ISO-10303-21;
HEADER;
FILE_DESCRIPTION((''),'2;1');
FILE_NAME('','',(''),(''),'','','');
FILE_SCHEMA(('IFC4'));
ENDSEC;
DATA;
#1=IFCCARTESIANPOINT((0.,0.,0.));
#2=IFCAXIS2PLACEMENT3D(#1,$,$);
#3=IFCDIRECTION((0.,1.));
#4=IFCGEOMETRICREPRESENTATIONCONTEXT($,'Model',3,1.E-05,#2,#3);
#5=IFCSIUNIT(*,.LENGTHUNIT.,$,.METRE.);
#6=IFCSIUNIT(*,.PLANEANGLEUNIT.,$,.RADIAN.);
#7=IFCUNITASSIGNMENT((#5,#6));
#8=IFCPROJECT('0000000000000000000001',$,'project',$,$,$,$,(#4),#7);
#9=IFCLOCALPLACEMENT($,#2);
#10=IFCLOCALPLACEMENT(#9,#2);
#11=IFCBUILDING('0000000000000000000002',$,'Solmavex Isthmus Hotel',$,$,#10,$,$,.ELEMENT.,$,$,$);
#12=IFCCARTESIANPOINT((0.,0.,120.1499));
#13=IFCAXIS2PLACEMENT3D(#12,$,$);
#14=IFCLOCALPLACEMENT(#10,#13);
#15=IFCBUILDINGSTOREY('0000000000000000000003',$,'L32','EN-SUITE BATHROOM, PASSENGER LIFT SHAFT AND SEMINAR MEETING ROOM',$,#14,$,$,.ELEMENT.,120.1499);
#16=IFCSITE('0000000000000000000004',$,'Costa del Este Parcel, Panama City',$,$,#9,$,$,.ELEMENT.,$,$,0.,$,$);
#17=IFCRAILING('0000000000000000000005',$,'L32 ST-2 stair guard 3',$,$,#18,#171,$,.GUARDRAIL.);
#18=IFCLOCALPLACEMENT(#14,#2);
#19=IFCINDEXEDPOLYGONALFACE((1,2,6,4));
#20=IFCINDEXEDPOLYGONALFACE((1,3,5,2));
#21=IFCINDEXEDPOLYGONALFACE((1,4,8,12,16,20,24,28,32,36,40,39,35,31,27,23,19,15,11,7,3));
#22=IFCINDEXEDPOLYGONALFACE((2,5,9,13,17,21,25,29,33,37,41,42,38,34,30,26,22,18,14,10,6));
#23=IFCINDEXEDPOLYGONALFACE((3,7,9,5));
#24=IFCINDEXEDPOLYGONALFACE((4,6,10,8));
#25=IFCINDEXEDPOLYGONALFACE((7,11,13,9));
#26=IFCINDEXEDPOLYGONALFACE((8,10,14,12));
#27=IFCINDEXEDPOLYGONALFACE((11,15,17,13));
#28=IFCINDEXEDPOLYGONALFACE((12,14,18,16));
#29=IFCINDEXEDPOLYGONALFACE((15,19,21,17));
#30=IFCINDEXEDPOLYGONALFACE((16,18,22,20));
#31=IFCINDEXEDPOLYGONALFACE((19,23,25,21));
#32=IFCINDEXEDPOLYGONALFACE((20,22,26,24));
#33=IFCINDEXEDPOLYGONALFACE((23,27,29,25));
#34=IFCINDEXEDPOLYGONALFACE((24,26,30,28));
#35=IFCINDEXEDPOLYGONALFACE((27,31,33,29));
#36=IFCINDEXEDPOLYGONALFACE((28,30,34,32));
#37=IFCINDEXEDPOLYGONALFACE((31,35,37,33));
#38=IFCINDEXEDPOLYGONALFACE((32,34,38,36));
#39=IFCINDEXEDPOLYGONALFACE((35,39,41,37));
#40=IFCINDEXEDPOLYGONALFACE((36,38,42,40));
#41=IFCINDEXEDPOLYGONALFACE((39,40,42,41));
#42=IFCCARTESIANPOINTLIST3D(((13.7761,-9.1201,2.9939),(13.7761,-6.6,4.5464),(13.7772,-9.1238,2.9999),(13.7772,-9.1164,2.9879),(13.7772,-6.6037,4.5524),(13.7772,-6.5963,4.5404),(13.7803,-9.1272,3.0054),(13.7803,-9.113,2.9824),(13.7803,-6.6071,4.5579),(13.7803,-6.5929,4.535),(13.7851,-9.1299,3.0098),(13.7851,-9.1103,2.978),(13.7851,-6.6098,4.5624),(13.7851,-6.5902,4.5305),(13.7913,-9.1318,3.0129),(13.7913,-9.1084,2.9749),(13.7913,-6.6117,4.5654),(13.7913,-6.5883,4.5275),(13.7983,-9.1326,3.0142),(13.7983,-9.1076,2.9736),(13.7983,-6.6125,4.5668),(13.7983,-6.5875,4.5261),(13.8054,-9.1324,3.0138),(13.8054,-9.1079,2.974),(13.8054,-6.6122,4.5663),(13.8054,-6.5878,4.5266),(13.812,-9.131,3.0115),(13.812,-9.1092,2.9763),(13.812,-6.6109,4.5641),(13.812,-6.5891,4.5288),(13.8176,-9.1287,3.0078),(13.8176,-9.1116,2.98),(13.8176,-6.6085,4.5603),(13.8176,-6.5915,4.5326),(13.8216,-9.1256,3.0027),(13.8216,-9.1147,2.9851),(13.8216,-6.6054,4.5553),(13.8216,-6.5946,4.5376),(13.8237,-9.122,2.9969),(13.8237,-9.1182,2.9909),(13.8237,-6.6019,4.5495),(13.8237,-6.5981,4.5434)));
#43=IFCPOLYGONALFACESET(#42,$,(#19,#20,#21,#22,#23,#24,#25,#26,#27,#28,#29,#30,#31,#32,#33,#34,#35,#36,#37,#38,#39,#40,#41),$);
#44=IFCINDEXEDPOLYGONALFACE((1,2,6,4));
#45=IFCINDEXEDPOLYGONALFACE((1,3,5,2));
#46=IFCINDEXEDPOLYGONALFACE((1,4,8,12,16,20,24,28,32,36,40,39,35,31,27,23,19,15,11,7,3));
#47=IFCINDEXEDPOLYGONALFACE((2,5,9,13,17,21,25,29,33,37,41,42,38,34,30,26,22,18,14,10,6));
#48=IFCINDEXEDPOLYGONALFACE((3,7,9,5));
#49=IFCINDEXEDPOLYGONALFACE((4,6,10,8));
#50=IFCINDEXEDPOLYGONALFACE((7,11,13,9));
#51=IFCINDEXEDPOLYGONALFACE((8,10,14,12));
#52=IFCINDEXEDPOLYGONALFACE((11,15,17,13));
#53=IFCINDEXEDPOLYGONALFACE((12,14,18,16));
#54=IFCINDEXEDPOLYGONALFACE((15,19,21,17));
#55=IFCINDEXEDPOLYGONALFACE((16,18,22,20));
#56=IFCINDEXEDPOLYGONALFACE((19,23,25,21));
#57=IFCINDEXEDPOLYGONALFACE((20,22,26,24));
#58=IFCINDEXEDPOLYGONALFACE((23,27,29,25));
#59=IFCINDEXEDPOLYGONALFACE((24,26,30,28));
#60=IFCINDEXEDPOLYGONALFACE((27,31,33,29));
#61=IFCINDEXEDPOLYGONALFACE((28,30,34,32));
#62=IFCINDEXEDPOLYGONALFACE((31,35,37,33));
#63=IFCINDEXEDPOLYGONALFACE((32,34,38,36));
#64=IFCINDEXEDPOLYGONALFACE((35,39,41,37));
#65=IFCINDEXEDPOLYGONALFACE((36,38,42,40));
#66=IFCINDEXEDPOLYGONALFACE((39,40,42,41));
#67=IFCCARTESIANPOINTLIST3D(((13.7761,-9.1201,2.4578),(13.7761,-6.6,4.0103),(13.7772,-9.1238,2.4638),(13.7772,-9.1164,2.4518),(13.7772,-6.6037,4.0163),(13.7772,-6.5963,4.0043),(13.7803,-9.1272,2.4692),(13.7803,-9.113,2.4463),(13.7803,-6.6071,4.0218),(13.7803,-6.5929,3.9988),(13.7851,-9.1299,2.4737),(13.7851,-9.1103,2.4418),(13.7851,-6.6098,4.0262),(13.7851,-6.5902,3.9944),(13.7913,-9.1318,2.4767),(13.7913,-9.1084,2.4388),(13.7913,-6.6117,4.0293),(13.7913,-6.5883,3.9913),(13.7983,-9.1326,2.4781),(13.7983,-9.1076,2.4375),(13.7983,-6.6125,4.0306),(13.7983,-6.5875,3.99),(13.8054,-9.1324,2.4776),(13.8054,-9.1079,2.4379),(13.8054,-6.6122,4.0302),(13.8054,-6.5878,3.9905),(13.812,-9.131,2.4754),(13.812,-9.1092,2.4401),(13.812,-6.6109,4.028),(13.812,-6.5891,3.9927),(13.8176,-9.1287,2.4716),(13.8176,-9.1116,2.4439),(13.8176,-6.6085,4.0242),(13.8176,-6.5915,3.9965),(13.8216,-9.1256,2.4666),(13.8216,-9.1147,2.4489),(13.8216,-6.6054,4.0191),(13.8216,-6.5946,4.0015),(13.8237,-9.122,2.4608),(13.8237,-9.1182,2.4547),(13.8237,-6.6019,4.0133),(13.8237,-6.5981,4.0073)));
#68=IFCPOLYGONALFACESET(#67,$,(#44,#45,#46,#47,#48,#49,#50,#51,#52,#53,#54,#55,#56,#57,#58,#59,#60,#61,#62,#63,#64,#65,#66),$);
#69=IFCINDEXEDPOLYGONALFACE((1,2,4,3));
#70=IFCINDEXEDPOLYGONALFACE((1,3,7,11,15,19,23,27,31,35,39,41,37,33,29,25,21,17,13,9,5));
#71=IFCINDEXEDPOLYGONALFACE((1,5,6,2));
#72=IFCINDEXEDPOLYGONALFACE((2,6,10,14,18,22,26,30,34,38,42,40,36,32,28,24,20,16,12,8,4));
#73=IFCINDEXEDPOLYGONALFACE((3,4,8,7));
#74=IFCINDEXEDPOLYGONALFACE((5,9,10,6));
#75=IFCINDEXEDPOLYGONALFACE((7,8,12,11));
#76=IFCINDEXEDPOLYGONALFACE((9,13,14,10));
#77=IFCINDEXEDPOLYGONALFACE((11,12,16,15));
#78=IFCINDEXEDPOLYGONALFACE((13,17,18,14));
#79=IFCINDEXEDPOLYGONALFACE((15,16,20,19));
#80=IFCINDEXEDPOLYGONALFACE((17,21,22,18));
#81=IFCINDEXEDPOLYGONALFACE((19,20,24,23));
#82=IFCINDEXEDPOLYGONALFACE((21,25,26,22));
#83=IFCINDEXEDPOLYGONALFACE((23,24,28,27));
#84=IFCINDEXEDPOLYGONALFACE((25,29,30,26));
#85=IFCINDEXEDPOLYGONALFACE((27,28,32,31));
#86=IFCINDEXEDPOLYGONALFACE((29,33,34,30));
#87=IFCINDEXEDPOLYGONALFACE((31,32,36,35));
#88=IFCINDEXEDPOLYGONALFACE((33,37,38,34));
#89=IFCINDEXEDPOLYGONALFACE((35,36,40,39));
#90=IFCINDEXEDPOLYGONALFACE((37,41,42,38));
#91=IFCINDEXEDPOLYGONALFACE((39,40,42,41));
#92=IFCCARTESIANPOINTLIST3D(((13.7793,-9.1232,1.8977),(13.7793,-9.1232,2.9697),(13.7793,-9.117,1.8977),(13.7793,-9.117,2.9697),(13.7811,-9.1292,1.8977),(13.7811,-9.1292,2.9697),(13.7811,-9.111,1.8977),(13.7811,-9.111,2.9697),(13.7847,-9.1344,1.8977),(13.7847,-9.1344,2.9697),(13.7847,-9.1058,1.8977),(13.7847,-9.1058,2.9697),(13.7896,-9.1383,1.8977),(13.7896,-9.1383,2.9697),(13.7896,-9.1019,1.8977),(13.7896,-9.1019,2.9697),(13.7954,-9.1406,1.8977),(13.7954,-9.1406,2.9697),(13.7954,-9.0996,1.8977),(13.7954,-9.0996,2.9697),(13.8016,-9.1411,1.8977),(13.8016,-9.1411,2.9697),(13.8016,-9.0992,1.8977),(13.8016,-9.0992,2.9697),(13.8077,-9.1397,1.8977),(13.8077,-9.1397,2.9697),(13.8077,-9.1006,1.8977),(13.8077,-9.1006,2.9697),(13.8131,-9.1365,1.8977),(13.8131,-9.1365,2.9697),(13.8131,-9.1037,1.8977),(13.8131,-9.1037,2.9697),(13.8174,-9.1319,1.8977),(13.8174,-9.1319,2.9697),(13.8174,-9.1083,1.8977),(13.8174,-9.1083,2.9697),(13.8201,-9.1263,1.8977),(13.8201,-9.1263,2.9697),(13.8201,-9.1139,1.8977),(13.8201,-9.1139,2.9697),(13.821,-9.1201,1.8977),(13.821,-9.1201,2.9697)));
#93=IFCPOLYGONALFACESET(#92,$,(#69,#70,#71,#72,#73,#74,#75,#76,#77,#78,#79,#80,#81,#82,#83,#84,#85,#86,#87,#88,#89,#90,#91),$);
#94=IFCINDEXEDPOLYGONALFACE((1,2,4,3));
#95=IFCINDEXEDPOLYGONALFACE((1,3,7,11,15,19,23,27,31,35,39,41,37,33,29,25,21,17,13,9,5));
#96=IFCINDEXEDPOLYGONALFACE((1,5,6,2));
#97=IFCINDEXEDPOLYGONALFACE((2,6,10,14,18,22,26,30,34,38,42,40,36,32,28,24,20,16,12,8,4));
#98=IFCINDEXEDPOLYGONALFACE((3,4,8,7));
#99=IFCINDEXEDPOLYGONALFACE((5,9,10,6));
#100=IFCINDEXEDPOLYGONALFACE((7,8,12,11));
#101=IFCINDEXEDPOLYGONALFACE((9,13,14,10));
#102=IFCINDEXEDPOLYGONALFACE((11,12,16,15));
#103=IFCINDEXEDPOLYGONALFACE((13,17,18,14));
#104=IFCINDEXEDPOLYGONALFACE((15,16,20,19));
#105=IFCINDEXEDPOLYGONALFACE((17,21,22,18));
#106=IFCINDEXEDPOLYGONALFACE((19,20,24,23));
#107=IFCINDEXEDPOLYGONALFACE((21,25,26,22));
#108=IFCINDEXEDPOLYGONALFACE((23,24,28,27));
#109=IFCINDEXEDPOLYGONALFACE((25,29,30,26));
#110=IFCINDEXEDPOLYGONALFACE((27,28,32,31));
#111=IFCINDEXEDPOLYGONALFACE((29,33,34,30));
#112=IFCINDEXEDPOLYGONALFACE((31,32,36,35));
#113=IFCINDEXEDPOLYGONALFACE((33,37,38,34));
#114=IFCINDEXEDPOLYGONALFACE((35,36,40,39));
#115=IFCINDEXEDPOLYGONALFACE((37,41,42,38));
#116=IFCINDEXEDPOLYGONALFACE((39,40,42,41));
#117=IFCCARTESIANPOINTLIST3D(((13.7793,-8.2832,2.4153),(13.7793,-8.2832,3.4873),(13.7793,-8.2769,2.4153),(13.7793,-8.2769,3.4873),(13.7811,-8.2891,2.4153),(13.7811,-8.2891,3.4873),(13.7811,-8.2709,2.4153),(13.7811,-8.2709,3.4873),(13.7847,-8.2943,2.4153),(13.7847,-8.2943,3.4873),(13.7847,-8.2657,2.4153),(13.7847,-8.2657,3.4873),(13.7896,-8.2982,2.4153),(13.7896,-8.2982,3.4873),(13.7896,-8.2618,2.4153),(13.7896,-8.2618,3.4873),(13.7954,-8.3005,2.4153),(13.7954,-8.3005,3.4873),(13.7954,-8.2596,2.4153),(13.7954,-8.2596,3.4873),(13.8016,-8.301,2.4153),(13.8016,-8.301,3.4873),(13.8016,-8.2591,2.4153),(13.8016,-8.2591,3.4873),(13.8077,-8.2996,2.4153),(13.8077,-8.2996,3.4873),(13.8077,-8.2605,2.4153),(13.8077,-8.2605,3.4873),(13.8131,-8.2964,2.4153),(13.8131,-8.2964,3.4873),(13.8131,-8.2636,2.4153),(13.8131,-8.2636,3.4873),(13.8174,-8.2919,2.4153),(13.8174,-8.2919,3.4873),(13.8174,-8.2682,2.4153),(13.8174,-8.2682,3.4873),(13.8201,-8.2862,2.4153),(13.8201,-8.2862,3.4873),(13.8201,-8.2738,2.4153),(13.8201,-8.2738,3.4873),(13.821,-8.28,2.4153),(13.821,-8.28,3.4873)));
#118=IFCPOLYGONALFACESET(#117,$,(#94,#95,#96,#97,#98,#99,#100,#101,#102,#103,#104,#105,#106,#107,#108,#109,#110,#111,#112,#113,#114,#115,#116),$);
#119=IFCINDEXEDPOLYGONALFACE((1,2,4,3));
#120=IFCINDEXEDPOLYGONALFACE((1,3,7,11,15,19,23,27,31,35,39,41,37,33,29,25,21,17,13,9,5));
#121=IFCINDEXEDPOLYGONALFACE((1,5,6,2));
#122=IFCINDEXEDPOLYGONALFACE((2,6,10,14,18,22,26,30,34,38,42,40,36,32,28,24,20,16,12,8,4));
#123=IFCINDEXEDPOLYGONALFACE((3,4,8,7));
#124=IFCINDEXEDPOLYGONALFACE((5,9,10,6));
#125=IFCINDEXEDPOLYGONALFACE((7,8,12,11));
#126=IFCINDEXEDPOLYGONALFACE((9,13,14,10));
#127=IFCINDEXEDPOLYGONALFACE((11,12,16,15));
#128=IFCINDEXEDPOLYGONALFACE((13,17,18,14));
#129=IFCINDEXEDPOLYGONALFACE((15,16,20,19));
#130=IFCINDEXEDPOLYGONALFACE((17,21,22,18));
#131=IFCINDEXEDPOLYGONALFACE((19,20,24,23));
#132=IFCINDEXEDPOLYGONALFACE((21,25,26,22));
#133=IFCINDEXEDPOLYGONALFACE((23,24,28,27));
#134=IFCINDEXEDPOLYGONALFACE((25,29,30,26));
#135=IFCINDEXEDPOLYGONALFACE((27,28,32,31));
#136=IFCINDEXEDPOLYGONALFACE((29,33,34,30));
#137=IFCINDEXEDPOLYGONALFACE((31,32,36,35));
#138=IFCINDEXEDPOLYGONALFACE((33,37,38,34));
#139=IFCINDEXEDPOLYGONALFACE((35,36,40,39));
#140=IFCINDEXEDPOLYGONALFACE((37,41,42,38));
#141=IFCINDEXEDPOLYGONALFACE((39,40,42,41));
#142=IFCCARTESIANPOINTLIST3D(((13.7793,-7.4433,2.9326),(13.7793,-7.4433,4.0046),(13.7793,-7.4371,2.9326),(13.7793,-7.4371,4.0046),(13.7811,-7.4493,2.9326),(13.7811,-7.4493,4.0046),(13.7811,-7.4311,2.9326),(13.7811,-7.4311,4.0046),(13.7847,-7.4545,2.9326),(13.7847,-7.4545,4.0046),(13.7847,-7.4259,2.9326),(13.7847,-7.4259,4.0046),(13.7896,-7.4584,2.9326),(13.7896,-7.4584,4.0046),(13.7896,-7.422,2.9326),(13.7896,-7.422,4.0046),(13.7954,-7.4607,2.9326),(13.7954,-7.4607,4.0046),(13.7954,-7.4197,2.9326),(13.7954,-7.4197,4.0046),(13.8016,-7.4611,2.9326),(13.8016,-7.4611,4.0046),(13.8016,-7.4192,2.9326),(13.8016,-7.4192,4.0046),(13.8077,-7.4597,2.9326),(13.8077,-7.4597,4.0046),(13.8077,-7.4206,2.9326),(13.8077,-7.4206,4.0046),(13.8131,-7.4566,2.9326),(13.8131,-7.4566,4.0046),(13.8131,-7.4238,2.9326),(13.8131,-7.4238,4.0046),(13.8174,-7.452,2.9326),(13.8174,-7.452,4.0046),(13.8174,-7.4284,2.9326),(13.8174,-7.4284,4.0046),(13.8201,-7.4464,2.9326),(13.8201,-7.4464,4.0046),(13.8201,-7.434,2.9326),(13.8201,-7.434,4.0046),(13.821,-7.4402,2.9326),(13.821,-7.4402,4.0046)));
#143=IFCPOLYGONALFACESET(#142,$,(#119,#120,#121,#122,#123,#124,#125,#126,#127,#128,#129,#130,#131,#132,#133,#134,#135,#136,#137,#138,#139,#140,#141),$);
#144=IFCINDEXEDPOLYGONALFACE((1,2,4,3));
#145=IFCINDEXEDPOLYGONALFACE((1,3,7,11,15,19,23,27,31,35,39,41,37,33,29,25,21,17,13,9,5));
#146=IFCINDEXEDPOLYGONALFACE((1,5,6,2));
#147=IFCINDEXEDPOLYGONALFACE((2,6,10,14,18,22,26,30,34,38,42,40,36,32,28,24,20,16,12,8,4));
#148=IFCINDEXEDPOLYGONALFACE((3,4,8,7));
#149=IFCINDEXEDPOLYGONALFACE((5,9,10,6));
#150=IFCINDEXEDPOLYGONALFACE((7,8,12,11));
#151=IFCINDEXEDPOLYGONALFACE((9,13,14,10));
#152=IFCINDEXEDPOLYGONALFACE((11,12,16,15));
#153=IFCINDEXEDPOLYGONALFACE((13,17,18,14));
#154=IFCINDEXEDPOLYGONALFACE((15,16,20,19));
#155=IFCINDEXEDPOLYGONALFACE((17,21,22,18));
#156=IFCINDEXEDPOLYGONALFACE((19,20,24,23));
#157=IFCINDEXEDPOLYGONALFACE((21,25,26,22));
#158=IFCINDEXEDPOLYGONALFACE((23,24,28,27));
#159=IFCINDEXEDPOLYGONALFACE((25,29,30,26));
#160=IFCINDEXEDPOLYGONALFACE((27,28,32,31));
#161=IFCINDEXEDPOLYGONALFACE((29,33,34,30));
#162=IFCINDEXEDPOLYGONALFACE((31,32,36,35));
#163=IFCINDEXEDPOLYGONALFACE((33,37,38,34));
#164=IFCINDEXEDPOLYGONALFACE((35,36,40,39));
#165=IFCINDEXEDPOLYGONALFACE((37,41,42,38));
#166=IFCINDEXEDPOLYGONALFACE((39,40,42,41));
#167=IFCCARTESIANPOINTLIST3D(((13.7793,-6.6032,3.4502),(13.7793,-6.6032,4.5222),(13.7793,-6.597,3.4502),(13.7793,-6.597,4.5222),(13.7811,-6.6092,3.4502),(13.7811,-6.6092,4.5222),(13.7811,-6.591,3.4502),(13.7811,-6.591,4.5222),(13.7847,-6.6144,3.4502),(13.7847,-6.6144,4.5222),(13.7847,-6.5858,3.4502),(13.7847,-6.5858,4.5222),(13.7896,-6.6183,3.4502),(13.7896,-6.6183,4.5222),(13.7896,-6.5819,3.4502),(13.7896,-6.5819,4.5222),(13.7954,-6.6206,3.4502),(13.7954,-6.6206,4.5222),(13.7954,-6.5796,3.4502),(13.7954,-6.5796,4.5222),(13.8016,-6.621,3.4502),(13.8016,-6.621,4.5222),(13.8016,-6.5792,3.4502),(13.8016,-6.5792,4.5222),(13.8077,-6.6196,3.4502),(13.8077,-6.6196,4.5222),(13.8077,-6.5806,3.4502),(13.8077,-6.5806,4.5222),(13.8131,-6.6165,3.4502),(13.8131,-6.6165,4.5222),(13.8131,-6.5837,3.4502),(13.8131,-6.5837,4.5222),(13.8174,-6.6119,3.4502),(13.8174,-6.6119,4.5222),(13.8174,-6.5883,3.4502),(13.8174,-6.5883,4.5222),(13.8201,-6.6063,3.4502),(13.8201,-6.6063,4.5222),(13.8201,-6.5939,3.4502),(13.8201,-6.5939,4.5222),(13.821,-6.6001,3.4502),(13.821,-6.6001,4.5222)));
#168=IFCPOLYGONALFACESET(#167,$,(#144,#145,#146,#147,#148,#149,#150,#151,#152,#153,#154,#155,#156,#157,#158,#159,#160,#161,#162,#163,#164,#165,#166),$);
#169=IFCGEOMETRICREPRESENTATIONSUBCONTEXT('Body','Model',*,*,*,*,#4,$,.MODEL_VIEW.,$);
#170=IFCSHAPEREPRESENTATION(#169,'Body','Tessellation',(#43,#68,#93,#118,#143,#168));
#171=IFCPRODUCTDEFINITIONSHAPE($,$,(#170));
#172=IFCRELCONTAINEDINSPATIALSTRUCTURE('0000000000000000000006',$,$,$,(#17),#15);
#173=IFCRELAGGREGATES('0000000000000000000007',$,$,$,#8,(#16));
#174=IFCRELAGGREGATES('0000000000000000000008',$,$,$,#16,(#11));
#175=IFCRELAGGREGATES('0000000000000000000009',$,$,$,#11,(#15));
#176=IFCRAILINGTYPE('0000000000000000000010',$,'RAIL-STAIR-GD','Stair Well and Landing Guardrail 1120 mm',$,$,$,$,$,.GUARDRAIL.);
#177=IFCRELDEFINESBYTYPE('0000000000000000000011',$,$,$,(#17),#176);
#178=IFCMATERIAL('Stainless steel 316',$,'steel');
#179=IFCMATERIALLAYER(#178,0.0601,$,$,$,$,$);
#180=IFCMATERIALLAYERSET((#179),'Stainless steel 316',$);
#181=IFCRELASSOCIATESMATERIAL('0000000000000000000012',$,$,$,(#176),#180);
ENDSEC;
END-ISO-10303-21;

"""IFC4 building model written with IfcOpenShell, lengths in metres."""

from ifc_helpers import new_model, si_unit, direction, frame, origin, origin_2d, place, context, subcontext, project, spatial, circle, extrude, material, layer, layer_set, type_object, element, save


model = new_model("IFC4")

# Units and contexts
model_context = context("Model", 3, precision=1e-05, world=origin(), true_north=direction((0.0, 1.0)))
body_context = subcontext(model_context, "Body", "Model", "MODEL_VIEW")
ifc_project = project(units=[si_unit("LENGTHUNIT", "METRE"), si_unit("PLANEANGLEUNIT", "RADIAN")], contexts=[model_context])

# Site, building, storey
site_placement = place(None, origin())
site = spatial("IfcSite", under=ifc_project, at=site_placement, Name="Costa del Este Parcel, Panama City", CompositionType="ELEMENT", RefElevation=0.0)
building_placement = place(site_placement, origin())
building = spatial("IfcBuilding", under=site, at=building_placement, Name="Solmavex Isthmus Hotel", CompositionType="ELEMENT")
storey_placement = place(building_placement, frame((0.0, 0.0, 120.1499)))
storey = spatial("IfcBuildingStorey", under=building, at=storey_placement, Name="L32", Description="EN-SUITE BATHROOM, PASSENGER LIFT SHAFT AND SEMINAR MEETING ROOM", CompositionType="ELEMENT", Elevation=120.1499)

# Railing
ifc_material_1 = material(Name="Stainless steel 316", Category="steel")
ifc_layer_1 = layer(ifc_material_1, 0.0601)
ifc_layer_set_1 = layer_set([ifc_layer_1], Name="Stainless steel 316")
railing_type_1 = type_object("IfcRailingType", Name="RAIL-STAIR-GD", Description="Stair Well and Landing Guardrail 1120 mm", PredefinedType="GUARDRAIL", material=ifc_layer_set_1)
railing_1_placement = place(storey_placement, frame((13.8, -9.1201, 1.8977)))
element("IfcRailing", 1, at=railing_1_placement, inside=storey, type_object=railing_type_1, Name="L32 ST-2 stair guard 3", PredefinedType="GUARDRAIL", context=body_context, shape_type="SweptSolid", body=[
    extrude(circle(Radius=0.0239, at=origin_2d()), frame((0.0, 0.0, 1.0962), z_axis=(0.0, 0.8514, 0.524516), x_axis=(-1.0, 0.0, 0.0)), (0.0, 0.0, 1.0), 2.96),
    extrude(circle(Radius=0.0239, at=origin_2d()), frame((0.0, 0.0, 0.5601), z_axis=(0.0, 0.8514, 0.524516), x_axis=(-1.0, 0.0, 0.0)), (0.0, 0.0, 1.0), 2.96),
    extrude(circle(Radius=0.021, at=origin_2d()), origin(), (0.0, 0.0, 1.0), 1.072),
    extrude(circle(Radius=0.021, at=origin_2d()), frame((0.0, 0.8401, 0.5176)), (0.0, 0.0, 1.0), 1.072),
    extrude(circle(Radius=0.021, at=origin_2d()), frame((0.0, 1.6799, 1.0349)), (0.0, 0.0, 1.0), 1.072),
    extrude(circle(Radius=0.021, at=origin_2d()), frame((0.0, 2.52, 1.5525)), (0.0, 0.0, 1.0), 1.072),
])

save(model, "model.ifc")
